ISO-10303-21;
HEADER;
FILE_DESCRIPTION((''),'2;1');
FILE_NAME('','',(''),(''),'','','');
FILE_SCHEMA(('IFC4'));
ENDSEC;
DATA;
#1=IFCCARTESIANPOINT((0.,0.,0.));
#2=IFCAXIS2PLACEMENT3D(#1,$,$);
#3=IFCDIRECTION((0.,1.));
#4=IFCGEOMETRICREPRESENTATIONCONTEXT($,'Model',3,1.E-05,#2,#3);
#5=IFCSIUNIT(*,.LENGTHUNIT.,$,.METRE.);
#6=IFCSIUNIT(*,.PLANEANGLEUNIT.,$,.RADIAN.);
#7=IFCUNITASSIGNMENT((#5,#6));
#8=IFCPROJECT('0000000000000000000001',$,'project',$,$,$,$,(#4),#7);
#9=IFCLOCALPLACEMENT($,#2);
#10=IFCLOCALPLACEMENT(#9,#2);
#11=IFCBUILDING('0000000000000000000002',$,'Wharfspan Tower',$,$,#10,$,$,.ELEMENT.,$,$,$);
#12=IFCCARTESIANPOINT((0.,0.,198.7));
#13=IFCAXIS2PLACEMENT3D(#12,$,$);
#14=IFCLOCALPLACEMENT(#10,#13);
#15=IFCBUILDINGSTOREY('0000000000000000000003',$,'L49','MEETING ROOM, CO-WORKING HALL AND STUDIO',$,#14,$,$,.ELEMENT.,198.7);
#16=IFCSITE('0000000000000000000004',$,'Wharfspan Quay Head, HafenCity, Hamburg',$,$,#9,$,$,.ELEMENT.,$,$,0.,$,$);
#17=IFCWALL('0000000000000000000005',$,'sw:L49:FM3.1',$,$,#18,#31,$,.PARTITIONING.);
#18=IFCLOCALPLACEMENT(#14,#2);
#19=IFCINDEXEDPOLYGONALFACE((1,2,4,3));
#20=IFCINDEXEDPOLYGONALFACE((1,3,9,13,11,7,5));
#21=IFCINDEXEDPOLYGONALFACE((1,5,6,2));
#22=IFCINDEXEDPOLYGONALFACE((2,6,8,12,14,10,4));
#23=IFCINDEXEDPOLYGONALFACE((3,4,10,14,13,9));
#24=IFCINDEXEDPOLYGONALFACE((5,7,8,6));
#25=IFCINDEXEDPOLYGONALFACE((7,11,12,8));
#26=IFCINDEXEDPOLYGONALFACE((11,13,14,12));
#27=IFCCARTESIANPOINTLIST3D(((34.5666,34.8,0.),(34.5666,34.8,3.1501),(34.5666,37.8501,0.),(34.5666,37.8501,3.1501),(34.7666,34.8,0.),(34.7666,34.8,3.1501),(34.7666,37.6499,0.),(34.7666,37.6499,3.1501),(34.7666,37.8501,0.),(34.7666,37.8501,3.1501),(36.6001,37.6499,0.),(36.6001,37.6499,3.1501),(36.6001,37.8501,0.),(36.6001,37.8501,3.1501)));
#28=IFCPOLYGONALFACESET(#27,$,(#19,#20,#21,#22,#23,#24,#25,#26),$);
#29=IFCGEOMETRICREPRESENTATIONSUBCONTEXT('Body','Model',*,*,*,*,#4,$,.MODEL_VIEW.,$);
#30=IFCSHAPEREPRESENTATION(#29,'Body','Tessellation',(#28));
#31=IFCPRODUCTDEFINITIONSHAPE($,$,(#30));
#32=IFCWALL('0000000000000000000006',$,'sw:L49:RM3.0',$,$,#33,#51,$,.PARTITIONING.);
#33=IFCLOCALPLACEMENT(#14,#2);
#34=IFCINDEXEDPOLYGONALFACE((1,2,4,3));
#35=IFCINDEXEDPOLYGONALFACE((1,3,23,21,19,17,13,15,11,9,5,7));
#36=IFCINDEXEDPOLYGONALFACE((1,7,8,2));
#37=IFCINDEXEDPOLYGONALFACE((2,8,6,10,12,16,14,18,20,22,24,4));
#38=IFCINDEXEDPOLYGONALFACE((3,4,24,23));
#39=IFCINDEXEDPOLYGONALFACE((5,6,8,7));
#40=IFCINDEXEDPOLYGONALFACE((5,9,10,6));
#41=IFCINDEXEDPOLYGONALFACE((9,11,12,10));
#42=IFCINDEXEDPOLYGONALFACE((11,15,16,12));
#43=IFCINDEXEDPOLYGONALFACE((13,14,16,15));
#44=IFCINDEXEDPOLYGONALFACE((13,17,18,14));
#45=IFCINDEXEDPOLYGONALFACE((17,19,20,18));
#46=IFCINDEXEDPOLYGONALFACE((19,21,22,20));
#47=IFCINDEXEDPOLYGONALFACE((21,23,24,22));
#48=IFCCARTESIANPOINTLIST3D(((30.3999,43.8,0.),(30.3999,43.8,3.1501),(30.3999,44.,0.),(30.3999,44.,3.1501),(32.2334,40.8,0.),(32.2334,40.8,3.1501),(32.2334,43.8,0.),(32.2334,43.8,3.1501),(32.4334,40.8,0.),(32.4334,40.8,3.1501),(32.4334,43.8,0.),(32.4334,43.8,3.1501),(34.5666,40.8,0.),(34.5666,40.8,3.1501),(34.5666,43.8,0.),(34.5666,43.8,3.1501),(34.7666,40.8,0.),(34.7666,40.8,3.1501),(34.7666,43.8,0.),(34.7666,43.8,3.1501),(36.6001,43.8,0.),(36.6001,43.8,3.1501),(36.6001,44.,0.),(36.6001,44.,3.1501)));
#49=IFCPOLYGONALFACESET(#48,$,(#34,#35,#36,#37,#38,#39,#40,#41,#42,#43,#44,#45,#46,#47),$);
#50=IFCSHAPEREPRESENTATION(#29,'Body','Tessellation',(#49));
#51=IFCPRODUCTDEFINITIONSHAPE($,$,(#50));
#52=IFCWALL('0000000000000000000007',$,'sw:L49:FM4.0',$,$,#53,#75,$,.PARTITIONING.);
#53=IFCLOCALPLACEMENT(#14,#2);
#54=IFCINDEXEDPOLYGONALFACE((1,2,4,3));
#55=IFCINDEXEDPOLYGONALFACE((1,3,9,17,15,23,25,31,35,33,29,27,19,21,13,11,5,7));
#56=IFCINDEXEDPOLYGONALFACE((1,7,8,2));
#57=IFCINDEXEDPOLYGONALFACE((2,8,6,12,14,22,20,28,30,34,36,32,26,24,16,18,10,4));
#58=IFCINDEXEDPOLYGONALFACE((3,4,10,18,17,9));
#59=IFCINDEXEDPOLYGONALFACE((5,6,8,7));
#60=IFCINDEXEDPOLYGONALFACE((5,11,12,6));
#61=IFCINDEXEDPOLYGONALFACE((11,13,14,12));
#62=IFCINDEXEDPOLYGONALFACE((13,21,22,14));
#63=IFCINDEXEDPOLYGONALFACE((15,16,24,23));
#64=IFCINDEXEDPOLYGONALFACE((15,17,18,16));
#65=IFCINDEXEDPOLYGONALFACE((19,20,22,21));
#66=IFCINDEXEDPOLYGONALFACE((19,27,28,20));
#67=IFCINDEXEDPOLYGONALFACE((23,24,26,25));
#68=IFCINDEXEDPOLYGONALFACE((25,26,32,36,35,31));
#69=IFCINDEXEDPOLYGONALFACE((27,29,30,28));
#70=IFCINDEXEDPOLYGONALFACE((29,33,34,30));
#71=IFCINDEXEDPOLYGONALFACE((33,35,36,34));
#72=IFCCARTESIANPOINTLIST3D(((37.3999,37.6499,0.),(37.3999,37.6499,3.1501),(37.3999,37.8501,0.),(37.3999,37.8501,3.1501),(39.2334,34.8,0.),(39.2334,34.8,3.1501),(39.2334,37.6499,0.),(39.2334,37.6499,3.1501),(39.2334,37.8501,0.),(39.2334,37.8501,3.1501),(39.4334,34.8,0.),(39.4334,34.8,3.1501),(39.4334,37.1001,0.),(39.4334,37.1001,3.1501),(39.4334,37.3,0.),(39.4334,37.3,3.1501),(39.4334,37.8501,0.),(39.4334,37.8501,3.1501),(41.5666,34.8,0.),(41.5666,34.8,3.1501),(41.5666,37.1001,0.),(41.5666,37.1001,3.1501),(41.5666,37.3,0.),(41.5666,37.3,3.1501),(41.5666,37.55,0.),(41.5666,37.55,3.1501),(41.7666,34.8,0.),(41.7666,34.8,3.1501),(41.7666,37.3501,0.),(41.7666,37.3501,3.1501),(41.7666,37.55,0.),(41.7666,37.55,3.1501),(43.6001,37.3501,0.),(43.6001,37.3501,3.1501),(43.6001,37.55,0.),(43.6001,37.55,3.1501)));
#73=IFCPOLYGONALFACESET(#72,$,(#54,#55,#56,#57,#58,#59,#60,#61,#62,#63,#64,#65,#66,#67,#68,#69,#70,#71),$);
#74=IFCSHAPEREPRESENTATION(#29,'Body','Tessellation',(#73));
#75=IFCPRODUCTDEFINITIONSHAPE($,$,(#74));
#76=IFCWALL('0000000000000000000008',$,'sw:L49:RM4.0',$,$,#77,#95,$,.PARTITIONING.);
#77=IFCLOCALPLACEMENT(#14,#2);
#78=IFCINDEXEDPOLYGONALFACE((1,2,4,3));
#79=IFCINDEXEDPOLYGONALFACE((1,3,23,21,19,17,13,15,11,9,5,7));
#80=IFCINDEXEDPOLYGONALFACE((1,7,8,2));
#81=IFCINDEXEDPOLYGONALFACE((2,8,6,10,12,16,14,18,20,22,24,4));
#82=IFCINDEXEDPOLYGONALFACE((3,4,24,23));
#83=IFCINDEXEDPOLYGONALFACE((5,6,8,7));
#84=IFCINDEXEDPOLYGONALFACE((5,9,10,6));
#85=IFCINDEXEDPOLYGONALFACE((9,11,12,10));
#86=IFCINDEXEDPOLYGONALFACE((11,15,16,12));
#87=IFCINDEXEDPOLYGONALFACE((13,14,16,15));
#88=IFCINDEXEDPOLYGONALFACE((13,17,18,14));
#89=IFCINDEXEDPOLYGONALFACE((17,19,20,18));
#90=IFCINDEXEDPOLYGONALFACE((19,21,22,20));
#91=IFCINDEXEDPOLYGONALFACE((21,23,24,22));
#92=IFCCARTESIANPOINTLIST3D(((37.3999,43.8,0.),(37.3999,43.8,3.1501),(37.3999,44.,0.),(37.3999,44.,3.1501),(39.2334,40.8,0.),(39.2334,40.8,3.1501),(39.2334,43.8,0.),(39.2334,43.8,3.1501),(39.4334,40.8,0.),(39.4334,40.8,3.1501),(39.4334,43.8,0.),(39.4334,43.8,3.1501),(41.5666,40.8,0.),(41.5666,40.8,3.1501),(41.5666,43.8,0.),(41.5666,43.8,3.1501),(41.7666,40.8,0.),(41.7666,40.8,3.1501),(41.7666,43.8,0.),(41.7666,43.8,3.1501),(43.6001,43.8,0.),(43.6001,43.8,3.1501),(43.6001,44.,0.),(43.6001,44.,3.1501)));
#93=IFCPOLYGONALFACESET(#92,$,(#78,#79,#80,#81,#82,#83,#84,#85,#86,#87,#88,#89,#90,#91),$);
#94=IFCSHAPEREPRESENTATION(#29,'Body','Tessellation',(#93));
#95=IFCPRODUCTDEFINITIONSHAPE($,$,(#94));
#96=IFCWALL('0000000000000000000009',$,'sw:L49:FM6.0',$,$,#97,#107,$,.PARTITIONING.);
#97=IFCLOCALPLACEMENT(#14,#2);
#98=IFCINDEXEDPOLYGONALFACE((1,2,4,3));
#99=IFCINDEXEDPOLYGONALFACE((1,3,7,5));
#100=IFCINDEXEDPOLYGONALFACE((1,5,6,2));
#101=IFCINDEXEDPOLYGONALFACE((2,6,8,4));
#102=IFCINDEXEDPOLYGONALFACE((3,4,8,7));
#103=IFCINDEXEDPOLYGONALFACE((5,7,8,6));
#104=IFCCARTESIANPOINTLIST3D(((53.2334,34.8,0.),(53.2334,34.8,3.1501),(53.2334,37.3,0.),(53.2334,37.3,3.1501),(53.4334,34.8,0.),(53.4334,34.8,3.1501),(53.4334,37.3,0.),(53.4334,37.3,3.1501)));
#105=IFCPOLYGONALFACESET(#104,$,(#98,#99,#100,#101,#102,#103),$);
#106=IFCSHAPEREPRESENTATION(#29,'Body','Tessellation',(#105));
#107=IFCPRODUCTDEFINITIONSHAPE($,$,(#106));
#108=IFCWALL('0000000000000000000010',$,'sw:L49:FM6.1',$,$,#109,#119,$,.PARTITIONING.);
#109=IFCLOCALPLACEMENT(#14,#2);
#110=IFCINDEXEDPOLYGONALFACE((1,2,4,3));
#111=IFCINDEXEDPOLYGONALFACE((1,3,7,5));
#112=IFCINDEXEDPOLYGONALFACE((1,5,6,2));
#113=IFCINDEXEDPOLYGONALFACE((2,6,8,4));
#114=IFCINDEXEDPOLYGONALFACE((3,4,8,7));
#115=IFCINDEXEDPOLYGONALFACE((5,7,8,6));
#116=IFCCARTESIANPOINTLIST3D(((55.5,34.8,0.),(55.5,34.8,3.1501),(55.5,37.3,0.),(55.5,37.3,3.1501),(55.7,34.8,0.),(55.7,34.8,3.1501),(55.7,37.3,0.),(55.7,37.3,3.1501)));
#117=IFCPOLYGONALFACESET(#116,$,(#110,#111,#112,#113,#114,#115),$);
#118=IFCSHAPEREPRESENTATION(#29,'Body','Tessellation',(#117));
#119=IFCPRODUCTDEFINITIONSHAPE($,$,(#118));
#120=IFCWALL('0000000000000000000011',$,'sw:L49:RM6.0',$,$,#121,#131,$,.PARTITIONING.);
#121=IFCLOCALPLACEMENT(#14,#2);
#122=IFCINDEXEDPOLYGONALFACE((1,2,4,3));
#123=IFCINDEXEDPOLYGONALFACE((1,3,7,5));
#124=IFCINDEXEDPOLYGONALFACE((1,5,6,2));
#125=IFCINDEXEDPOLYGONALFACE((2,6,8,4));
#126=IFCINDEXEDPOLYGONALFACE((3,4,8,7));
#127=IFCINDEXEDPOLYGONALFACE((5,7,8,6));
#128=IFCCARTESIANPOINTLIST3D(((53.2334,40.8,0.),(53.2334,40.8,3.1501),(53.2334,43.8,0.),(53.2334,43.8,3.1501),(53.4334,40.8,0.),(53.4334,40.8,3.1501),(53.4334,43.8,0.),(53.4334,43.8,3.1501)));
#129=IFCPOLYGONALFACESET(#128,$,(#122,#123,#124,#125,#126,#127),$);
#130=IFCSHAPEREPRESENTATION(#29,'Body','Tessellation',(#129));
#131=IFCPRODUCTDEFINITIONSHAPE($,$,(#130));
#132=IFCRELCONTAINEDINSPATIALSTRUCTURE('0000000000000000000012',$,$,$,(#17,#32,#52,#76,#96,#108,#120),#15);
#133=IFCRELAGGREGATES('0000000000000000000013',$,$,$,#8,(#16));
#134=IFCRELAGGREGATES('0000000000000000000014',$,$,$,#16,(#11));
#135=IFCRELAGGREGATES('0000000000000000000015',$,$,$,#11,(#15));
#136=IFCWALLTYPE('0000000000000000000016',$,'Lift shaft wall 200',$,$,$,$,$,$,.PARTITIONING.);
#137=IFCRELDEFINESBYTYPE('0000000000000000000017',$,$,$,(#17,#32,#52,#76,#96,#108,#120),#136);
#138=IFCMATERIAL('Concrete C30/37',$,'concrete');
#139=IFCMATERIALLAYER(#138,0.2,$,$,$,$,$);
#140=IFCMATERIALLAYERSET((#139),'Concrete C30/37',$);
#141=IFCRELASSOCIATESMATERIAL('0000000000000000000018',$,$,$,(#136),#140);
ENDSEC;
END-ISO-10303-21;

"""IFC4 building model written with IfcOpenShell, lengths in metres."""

from ifc_helpers import new_model, si_unit, direction, frame, origin, place, context, subcontext, project, spatial, polyline, outline, extrude, material, layer, layer_set, type_object, element, save


model = new_model("IFC4")

# Units and contexts
model_context = context("Model", 3, precision=1e-05, world=origin(), true_north=direction((0.0, 1.0)))
body_context = subcontext(model_context, "Body", "Model", "MODEL_VIEW")
ifc_project = project(units=[si_unit("LENGTHUNIT", "METRE"), si_unit("PLANEANGLEUNIT", "RADIAN")], contexts=[model_context])

# Site, building, storey
site_placement = place(None, origin())
site = spatial("IfcSite", under=ifc_project, at=site_placement, Name="Wharfspan Quay Head, HafenCity, Hamburg", CompositionType="ELEMENT", RefElevation=0.0)
building_placement = place(site_placement, origin())
building = spatial("IfcBuilding", under=site, at=building_placement, Name="Wharfspan Tower", CompositionType="ELEMENT")
storey_placement = place(building_placement, frame((0.0, 0.0, 198.7)))
storey = spatial("IfcBuildingStorey", under=building, at=storey_placement, Name="L49", Description="MEETING ROOM, CO-WORKING HALL AND STUDIO", CompositionType="ELEMENT", Elevation=198.7)

# Walls
ifc_material_1 = material(Name="Concrete C30/37", Category="concrete")
ifc_layer_1 = layer(ifc_material_1, 0.2)
ifc_layer_set_1 = layer_set([ifc_layer_1], Name="Concrete C30/37")
wall_type_1 = type_object("IfcWallType", Name="Lift shaft wall 200", PredefinedType="PARTITIONING", material=ifc_layer_set_1)
wall_1_placement = place(storey_placement, origin())
element("IfcWall", 1, at=wall_1_placement, inside=storey, type_object=wall_type_1, Name="sw:L49:FM3.1", PredefinedType="PARTITIONING", context=body_context, shape_type="SweptSolid", body=[
    extrude(outline(polyline([(34.5667, 37.8501), (34.7666, 37.8501), (36.6001, 37.8501), (36.6001, 37.6499), (34.7666, 37.6499), (34.7666, 34.8), (34.5667, 34.8), (34.5667, 37.8501)])), origin(), (0.0, 0.0, 1.0), 3.1501),
])
wall_2_placement = place(storey_placement, origin())
element("IfcWall", 2, at=wall_2_placement, inside=storey, type_object=wall_type_1, Name="sw:L49:RM3.0", PredefinedType="PARTITIONING", context=body_context, shape_type="SweptSolid", body=[
    extrude(outline(polyline([(32.4333, 40.8), (32.2334, 40.8), (32.2334, 43.8), (30.3999, 43.8), (30.3999, 44.0), (36.6001, 44.0), (36.6001, 43.8), (34.7666, 43.8), (34.7666, 40.8), (34.5667, 40.8), (34.5667, 43.8), (32.4333, 43.8), (32.4333, 40.8)])), origin(), (0.0, 0.0, 1.0), 3.1501),
])
wall_3_placement = place(storey_placement, origin())
element("IfcWall", 3, at=wall_3_placement, inside=storey, type_object=wall_type_1, Name="sw:L49:FM4.0", PredefinedType="PARTITIONING", context=body_context, shape_type="SweptSolid", body=[
    extrude(outline(polyline([(41.5667, 37.1001), (39.4333, 37.1001), (39.4333, 34.8), (39.2334, 34.8), (39.2334, 37.6499), (37.3999, 37.6499), (37.3999, 37.8501), (39.2334, 37.8501), (39.4333, 37.8501), (39.4333, 37.3), (41.5667, 37.3), (41.5667, 37.55), (41.7666, 37.55), (43.6001, 37.55), (43.6001, 37.3501), (41.7666, 37.3501), (41.7666, 34.8), (41.5667, 34.8), (41.5667, 37.1001)])), origin(), (0.0, 0.0, 1.0), 3.1501),
])
wall_4_placement = place(storey_placement, origin())
element("IfcWall", 4, at=wall_4_placement, inside=storey, type_object=wall_type_1, Name="sw:L49:RM4.0", PredefinedType="PARTITIONING", context=body_context, shape_type="SweptSolid", body=[
    extrude(outline(polyline([(39.4333, 40.8), (39.2334, 40.8), (39.2334, 43.8), (37.3999, 43.8), (37.3999, 44.0), (43.6001, 44.0), (43.6001, 43.8), (41.7666, 43.8), (41.7666, 40.8), (41.5667, 40.8), (41.5667, 43.8), (39.4333, 43.8), (39.4333, 40.8)])), origin(), (0.0, 0.0, 1.0), 3.1501),
])
wall_5_placement = place(storey_placement, origin())
element("IfcWall", 5, at=wall_5_placement, inside=storey, type_object=wall_type_1, Name="sw:L49:FM6.0", PredefinedType="PARTITIONING", context=body_context, shape_type="SweptSolid", body=[
    extrude(outline(polyline([(53.2334, 34.8), (53.2334, 37.3), (53.4333, 37.3), (53.4333, 34.8), (53.2334, 34.8)])), origin(), (0.0, 0.0, 1.0), 3.1501),
])
wall_6_placement = place(storey_placement, origin())
element("IfcWall", 6, at=wall_6_placement, inside=storey, type_object=wall_type_1, Name="sw:L49:FM6.1", PredefinedType="PARTITIONING", context=body_context, shape_type="SweptSolid", body=[
    extrude(outline(polyline([(55.5, 34.8), (55.5, 37.3), (55.7, 37.3), (55.7, 34.8), (55.5, 34.8)])), origin(), (0.0, 0.0, 1.0), 3.1501),
])
wall_7_placement = place(storey_placement, origin())
element("IfcWall", 7, at=wall_7_placement, inside=storey, type_object=wall_type_1, Name="sw:L49:RM6.0", PredefinedType="PARTITIONING", context=body_context, shape_type="SweptSolid", body=[
    extrude(outline(polyline([(53.4333, 40.8), (53.4333, 43.8), (53.2334, 43.8), (53.2334, 40.8), (53.4333, 40.8)])), origin(), (0.0, 0.0, 1.0), 3.1501),
])

save(model, "model.ifc")
